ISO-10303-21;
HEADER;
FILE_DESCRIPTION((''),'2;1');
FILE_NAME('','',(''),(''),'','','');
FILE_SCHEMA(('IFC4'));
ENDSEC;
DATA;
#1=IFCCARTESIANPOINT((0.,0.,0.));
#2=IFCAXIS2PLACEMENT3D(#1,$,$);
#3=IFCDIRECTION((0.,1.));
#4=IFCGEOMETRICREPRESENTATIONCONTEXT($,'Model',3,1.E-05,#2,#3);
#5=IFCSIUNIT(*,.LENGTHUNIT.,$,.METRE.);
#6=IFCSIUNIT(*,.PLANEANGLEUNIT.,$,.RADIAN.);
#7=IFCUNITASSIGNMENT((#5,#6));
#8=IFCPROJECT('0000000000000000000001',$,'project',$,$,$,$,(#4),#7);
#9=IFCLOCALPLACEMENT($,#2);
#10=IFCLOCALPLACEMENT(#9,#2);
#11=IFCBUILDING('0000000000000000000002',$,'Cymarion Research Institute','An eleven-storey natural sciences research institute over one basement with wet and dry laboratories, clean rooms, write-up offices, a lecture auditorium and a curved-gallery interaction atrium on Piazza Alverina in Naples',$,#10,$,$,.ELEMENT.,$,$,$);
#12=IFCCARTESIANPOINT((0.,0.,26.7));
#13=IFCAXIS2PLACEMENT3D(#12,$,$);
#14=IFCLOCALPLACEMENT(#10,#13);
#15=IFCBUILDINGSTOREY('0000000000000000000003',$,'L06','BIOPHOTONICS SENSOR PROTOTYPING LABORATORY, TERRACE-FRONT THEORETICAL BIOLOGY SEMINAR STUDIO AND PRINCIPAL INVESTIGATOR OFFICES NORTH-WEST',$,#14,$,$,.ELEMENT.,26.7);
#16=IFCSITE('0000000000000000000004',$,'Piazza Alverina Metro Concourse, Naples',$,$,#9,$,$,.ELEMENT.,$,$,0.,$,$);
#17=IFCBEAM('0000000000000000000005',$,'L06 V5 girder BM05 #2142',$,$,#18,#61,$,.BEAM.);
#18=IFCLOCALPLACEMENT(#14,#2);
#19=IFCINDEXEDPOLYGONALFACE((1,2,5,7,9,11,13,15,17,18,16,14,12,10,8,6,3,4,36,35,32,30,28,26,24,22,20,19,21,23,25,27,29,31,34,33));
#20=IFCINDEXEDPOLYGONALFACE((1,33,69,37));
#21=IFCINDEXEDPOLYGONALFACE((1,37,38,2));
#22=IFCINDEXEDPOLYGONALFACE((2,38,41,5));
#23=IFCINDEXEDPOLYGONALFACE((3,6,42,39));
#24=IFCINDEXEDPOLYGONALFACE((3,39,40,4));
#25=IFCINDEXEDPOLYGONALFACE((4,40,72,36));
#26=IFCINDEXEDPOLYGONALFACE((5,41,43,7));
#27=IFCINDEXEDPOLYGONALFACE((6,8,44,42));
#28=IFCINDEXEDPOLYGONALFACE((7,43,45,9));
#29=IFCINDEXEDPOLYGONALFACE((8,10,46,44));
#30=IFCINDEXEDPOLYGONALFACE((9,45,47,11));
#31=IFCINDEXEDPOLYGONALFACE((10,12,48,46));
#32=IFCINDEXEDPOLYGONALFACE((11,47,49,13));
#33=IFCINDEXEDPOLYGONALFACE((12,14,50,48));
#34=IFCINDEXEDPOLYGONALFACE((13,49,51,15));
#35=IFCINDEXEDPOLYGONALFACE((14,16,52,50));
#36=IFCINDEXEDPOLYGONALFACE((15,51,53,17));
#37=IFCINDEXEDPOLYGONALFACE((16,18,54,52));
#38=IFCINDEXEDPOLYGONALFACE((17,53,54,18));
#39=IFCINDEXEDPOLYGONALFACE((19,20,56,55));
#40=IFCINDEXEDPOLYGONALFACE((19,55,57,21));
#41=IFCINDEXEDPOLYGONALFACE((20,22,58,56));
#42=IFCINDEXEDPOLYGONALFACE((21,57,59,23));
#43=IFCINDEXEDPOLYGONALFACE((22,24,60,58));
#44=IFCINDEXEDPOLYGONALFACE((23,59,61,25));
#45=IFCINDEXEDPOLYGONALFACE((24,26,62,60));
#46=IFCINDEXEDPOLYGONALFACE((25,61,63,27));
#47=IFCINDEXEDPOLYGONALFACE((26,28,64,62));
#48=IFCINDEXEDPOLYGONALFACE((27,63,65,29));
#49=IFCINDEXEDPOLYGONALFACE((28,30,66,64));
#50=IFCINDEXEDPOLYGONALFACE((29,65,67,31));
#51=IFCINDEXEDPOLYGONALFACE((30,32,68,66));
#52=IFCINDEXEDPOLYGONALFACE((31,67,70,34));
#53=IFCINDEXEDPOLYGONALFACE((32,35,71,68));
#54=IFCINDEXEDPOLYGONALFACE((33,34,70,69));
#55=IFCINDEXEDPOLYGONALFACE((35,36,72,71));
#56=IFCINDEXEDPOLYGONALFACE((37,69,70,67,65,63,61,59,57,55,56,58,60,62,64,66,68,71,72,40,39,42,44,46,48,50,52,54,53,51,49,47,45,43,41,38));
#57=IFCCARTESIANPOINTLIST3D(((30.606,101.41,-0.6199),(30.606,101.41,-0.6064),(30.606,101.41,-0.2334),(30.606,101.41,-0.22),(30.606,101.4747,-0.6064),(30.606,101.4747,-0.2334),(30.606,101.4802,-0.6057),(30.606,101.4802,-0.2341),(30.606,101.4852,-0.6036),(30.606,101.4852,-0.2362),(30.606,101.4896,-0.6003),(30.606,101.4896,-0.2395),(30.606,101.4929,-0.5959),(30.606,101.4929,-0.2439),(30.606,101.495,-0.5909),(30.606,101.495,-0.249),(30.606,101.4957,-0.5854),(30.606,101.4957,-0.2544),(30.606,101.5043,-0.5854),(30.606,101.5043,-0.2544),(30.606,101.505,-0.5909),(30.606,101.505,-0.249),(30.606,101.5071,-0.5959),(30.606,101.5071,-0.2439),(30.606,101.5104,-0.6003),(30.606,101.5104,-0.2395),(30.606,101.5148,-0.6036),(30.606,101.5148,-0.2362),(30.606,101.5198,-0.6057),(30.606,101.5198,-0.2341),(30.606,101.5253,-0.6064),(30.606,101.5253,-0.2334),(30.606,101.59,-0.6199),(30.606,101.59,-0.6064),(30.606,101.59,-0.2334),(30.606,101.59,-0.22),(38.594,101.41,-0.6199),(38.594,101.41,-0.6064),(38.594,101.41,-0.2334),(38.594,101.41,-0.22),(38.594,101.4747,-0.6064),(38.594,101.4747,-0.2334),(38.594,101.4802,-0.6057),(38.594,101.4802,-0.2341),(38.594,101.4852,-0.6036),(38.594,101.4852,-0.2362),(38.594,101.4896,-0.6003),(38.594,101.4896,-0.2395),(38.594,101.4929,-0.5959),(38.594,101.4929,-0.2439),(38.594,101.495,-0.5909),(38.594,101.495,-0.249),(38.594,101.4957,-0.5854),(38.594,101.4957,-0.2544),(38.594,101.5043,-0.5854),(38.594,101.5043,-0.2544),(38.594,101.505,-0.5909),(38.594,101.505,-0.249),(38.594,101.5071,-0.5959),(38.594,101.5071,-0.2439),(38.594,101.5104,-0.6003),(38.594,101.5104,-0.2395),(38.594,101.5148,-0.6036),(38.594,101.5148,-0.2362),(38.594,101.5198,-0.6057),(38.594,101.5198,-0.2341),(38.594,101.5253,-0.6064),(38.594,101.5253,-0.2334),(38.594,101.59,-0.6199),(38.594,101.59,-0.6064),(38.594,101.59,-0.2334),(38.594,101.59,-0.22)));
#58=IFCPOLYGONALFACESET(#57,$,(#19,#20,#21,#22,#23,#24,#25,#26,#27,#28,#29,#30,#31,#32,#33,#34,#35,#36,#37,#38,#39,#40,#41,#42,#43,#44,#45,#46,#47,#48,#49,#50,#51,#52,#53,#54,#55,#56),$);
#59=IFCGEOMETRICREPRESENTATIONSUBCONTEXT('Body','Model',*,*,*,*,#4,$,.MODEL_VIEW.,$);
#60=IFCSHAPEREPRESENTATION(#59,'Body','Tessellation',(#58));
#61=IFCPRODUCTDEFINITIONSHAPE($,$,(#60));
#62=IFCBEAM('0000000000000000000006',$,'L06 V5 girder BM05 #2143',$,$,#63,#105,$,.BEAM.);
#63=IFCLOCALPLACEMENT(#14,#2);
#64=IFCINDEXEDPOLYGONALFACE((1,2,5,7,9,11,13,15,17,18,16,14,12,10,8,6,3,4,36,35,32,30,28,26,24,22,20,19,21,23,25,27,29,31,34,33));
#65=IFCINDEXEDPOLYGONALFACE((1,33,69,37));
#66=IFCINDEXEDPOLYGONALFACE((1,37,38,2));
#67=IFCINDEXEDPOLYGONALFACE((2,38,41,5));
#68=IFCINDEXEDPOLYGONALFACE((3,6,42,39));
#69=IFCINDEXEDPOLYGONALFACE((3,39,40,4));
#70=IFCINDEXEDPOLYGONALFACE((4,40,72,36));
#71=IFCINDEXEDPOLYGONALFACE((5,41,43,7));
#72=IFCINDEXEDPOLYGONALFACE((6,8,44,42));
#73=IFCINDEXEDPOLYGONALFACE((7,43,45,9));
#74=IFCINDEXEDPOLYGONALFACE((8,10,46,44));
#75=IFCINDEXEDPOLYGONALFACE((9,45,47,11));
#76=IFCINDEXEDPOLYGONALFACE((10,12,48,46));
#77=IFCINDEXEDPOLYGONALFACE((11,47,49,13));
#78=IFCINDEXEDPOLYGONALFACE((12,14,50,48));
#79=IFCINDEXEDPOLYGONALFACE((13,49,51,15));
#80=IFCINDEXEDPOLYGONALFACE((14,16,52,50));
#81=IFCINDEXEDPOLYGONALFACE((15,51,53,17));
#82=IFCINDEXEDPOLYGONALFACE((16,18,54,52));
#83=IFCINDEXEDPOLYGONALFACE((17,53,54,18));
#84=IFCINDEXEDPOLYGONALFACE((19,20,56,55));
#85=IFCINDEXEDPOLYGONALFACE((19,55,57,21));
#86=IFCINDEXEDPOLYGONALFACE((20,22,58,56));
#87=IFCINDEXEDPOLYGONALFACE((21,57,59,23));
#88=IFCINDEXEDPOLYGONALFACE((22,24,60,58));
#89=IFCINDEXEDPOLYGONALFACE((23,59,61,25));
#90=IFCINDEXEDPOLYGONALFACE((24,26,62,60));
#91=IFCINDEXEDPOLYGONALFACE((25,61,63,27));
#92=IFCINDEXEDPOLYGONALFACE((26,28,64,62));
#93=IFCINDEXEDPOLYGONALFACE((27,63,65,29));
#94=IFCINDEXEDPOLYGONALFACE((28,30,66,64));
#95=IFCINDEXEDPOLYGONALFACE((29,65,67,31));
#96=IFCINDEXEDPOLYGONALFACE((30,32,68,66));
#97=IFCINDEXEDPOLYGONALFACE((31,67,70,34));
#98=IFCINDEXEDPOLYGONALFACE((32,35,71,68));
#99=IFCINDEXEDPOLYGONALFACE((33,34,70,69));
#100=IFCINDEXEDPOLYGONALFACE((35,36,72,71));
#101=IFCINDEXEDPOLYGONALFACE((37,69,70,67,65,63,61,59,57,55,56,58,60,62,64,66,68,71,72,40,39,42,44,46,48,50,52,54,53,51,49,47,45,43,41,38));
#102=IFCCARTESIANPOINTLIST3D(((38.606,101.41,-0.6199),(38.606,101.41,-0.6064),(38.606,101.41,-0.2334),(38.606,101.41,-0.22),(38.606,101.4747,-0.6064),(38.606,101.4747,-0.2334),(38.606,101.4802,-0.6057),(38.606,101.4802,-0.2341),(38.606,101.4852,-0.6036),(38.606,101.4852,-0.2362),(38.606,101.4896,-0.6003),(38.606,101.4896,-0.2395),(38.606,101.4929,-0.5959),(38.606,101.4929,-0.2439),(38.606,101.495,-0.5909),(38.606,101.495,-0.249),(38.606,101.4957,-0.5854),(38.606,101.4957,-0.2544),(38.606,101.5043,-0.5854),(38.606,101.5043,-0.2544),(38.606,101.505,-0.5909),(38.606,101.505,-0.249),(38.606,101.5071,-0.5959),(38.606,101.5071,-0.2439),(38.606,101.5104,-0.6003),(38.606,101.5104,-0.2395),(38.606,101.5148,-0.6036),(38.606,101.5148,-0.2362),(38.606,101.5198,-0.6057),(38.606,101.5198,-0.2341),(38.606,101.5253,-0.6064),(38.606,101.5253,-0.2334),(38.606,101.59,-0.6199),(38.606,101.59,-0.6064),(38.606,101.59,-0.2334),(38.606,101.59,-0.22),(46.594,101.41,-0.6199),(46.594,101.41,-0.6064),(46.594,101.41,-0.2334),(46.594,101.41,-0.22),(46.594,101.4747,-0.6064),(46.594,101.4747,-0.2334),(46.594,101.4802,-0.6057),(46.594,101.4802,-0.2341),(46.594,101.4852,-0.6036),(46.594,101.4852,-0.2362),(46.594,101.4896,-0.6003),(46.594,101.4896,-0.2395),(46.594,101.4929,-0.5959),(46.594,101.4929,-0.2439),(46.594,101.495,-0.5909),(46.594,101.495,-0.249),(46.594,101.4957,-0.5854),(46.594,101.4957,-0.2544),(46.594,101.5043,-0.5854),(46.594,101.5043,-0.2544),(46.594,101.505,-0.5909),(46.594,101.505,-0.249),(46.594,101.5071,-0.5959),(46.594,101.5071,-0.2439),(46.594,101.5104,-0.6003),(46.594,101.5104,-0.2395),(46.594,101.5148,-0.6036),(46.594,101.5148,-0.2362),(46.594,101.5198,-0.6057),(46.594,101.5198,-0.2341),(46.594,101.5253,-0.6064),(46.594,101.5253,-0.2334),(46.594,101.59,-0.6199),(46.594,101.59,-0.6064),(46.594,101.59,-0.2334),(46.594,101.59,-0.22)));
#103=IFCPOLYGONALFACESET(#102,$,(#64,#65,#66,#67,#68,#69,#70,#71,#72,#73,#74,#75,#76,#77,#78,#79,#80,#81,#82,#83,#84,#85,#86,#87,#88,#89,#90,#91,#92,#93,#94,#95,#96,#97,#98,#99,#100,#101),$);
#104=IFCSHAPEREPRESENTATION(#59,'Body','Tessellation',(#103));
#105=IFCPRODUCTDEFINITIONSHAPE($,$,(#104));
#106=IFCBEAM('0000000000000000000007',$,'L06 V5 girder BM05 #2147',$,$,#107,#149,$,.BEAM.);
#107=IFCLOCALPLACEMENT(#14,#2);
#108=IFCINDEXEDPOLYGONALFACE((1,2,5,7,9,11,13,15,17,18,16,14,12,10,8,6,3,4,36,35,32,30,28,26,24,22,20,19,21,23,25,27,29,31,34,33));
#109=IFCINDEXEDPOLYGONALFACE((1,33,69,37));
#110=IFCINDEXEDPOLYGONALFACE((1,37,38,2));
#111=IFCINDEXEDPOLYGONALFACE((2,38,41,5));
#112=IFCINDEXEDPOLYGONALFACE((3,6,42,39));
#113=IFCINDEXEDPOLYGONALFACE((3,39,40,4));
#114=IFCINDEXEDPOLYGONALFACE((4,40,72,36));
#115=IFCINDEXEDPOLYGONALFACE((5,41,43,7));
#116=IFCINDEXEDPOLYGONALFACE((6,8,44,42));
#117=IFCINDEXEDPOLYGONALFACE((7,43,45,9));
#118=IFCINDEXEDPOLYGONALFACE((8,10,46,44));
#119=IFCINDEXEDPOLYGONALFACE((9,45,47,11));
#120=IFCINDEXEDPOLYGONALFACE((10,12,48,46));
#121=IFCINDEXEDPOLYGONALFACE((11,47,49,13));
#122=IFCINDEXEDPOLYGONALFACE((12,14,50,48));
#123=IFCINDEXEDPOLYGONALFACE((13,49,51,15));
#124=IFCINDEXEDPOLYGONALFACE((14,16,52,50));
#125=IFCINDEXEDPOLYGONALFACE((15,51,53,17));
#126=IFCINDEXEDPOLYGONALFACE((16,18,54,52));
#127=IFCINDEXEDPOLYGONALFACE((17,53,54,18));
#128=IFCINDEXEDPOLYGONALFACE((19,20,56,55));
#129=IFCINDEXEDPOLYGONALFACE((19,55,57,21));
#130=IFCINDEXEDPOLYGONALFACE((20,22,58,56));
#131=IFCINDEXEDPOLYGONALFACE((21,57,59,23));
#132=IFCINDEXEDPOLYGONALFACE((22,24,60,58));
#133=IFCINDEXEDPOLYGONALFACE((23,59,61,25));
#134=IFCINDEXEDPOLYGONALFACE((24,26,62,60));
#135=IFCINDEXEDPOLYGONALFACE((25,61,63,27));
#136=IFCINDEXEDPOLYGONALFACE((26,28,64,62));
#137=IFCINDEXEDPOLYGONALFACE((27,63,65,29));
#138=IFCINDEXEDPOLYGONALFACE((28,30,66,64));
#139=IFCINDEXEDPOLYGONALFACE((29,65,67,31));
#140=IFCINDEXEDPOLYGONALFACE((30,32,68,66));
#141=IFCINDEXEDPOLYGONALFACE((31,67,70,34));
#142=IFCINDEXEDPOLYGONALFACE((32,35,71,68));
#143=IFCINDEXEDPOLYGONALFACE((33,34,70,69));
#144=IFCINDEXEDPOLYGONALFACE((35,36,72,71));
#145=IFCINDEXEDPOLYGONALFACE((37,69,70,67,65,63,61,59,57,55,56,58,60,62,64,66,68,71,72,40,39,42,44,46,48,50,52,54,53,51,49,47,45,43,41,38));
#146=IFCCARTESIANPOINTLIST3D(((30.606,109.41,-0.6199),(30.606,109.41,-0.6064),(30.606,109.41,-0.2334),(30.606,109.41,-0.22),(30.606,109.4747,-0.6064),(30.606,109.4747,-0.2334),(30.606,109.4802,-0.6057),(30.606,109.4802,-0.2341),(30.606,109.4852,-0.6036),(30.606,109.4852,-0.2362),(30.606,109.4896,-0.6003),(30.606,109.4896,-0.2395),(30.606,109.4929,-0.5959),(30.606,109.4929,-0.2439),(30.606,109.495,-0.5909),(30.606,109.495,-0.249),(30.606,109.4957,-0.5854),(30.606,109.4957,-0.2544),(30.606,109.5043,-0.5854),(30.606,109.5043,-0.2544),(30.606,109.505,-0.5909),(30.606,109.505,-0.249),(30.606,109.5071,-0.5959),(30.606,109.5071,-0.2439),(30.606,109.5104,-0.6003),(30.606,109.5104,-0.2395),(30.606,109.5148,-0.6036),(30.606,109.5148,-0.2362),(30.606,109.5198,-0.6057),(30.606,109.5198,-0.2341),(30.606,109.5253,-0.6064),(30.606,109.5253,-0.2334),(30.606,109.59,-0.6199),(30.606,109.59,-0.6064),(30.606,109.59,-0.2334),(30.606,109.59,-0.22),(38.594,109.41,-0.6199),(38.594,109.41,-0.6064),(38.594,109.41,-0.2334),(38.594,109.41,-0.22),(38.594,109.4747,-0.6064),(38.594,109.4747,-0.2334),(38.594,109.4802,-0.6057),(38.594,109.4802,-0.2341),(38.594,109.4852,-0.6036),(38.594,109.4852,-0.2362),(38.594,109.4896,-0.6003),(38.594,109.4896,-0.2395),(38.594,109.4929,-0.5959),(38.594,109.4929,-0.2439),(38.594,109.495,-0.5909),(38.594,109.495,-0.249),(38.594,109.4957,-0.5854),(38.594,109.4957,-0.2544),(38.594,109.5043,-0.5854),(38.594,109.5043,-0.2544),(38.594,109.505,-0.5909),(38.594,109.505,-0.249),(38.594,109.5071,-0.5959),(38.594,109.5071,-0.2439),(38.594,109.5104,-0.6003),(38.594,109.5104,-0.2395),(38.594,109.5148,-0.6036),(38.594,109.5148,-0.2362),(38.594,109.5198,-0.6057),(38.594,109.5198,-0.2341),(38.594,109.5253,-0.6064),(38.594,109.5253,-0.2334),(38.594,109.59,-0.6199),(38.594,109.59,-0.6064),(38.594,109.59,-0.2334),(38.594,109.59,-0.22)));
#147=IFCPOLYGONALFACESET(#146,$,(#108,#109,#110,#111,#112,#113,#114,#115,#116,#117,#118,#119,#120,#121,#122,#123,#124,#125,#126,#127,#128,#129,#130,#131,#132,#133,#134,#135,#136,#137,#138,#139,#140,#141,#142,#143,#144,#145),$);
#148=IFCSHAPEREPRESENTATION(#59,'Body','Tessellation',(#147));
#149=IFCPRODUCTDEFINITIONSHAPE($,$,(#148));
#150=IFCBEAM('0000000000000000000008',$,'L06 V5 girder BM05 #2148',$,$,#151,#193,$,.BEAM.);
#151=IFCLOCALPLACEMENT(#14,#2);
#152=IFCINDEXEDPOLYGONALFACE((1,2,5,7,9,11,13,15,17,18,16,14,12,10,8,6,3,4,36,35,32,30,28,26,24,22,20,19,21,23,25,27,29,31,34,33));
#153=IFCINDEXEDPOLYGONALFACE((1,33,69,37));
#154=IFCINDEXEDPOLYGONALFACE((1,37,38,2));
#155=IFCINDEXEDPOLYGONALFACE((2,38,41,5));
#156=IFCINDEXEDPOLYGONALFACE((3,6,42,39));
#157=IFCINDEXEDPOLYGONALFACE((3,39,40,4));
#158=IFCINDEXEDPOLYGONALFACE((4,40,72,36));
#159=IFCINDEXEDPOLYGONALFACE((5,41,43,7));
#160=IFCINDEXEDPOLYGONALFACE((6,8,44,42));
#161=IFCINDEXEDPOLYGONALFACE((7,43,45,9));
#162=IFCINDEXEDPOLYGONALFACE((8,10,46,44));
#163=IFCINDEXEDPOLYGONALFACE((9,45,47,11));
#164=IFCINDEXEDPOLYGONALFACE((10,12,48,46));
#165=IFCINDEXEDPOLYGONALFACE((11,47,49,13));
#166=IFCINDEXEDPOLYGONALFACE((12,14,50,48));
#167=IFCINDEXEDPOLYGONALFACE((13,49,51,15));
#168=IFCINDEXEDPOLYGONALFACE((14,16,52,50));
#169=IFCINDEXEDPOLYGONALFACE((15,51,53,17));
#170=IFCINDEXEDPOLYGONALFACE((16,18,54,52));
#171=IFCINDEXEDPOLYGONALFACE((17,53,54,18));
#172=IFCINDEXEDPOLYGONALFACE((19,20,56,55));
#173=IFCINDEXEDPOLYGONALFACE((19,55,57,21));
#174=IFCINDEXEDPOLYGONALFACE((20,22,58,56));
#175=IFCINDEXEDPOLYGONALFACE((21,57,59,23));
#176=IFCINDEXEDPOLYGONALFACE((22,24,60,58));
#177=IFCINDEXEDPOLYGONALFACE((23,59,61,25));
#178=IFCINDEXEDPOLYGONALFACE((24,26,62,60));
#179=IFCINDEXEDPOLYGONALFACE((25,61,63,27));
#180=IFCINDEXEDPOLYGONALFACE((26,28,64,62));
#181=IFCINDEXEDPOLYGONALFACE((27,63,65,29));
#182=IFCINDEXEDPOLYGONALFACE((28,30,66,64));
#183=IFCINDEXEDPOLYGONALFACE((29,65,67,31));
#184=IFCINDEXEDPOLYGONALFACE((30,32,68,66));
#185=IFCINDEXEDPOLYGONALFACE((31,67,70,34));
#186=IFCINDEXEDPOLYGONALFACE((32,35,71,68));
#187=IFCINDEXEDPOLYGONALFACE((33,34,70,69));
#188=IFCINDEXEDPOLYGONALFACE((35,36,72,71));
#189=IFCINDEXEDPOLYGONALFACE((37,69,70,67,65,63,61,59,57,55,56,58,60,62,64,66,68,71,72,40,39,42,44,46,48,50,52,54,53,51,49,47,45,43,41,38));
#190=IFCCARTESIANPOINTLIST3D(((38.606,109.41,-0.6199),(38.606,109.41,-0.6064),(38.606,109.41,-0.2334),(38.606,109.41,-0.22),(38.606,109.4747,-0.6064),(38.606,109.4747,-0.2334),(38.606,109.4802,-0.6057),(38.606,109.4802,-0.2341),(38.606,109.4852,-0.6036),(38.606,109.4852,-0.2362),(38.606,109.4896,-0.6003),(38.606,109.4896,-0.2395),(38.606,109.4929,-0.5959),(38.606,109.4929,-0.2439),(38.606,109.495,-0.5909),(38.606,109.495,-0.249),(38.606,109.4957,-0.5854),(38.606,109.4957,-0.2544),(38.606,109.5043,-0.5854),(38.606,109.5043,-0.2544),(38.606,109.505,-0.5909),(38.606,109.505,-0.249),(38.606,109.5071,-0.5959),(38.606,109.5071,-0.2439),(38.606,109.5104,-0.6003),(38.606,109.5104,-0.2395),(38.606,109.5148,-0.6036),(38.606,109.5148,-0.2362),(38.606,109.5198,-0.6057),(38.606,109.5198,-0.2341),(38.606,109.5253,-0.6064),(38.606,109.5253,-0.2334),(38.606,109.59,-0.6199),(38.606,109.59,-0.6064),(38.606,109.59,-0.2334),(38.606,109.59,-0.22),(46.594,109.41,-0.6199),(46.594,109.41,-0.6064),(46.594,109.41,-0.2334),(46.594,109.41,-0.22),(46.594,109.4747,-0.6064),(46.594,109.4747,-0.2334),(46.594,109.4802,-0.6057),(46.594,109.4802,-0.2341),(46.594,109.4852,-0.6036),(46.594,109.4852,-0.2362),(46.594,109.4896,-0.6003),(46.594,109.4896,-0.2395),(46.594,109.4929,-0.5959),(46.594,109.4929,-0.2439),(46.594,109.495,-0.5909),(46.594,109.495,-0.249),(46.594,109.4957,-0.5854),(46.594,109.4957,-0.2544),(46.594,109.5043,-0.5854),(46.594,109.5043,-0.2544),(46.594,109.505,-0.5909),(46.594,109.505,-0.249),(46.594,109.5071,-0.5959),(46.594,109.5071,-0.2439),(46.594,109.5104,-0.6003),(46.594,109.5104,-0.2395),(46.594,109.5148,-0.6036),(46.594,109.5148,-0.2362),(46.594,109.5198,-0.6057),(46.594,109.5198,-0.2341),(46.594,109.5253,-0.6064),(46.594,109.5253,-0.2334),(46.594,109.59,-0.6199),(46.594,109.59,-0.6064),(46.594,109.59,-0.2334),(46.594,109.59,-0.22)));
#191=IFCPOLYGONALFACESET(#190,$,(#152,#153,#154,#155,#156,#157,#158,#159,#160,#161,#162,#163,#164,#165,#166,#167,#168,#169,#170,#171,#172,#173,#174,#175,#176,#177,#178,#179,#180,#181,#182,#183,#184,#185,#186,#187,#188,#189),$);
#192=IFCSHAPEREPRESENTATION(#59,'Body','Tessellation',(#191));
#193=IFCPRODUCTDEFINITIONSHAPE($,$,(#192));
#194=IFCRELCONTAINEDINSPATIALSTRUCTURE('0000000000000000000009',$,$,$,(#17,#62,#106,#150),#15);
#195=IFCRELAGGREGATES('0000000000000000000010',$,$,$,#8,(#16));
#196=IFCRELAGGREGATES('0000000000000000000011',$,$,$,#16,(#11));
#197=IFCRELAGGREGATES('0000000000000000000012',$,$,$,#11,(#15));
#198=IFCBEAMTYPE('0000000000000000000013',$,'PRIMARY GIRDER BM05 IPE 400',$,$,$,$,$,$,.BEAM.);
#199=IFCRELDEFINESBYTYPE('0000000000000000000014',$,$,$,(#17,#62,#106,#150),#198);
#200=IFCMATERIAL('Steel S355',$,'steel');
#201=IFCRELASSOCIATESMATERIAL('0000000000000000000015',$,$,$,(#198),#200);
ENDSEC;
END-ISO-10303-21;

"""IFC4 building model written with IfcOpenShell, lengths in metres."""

from ifc_helpers import new_model, si_unit, direction, frame, origin, origin_2d, place, context, subcontext, project, spatial, i_section, extrude, material, material_profile, profile_set, type_object, element, save


model = new_model("IFC4")

# Units and contexts
model_context = context("Model", 3, precision=1e-05, world=origin(), true_north=direction((0.0, 1.0)))
body_context = subcontext(model_context, "Body", "Model", "MODEL_VIEW")
ifc_project = project(units=[si_unit("LENGTHUNIT", "METRE"), si_unit("PLANEANGLEUNIT", "RADIAN")], contexts=[model_context])

# Site, building, storey
site_placement = place(None, origin())
site = spatial("IfcSite", under=ifc_project, at=site_placement, Name="Piazza Alverina Metro Concourse, Naples", CompositionType="ELEMENT", RefElevation=0.0)
building_placement = place(site_placement, origin())
building = spatial("IfcBuilding", under=site, at=building_placement, Name="Cymarion Research Institute", Description="An eleven-storey natural sciences research institute over one basement with wet and dry laboratories, clean rooms, write-up offices, a lecture auditorium and a curved-gallery interaction atrium on Piazza Alverina in Naples", CompositionType="ELEMENT")
storey_placement = place(building_placement, frame((0.0, 0.0, 26.7)))
storey = spatial("IfcBuildingStorey", under=building, at=storey_placement, Name="L06", Description="BIOPHOTONICS SENSOR PROTOTYPING LABORATORY, TERRACE-FRONT THEORETICAL BIOLOGY SEMINAR STUDIO AND PRINCIPAL INVESTIGATOR OFFICES NORTH-WEST", CompositionType="ELEMENT", Elevation=26.7)

# Shared definitions
ifc_material_1 = material(Name="Steel S355", Category="steel")

# Beams
ifc_material_profile_1 = material_profile(ifc_material_1, i_section(OverallWidth=0.1799, OverallDepth=0.3999, WebThickness=0.0085, FlangeThickness=0.0134, FilletRadius=0.021, at=origin_2d()), Name="IPE 400")
ifc_profile_set_1 = profile_set([ifc_material_profile_1], Name="Steel S355")
beam_type_1 = type_object("IfcBeamType", Name="PRIMARY GIRDER BM05 IPE 400", PredefinedType="BEAM", material=ifc_profile_set_1)
for number, where, z_axis, x_axis, name in (
    (1, (30.606, 101.5, -0.4199), (1.0, 0.0, 0.0), (0.0, 1.0, 0.0), "L06 V5 girder BM05 #2142"),
    (2, (38.606, 101.5, -0.4199), (1.0, 0.0, 0.0), (0.0, 1.0, 0.0), "L06 V5 girder BM05 #2143"),
    (3, (30.606, 109.5, -0.4199), (1.0, 0.0, 0.0), (0.0, 1.0, 0.0), "L06 V5 girder BM05 #2147"),
    (4, (38.606, 109.5, -0.4199), (1.0, 0.0, 0.0), (0.0, 1.0, 0.0), "L06 V5 girder BM05 #2148"),
):
    element("IfcBeam", number, at=place(storey_placement, frame(where, z_axis=z_axis, x_axis=x_axis)), inside=storey, type_object=beam_type_1, Name=name, PredefinedType="BEAM", context=body_context, shape_type="SweptSolid", body=[
        extrude(i_section(OverallWidth=0.1799, OverallDepth=0.3999, WebThickness=0.0085, FlangeThickness=0.0134, FilletRadius=0.021, at=origin_2d()), origin(), (0.0, 0.0, 1.0), 7.988),
    ])

save(model, "model.ifc")
